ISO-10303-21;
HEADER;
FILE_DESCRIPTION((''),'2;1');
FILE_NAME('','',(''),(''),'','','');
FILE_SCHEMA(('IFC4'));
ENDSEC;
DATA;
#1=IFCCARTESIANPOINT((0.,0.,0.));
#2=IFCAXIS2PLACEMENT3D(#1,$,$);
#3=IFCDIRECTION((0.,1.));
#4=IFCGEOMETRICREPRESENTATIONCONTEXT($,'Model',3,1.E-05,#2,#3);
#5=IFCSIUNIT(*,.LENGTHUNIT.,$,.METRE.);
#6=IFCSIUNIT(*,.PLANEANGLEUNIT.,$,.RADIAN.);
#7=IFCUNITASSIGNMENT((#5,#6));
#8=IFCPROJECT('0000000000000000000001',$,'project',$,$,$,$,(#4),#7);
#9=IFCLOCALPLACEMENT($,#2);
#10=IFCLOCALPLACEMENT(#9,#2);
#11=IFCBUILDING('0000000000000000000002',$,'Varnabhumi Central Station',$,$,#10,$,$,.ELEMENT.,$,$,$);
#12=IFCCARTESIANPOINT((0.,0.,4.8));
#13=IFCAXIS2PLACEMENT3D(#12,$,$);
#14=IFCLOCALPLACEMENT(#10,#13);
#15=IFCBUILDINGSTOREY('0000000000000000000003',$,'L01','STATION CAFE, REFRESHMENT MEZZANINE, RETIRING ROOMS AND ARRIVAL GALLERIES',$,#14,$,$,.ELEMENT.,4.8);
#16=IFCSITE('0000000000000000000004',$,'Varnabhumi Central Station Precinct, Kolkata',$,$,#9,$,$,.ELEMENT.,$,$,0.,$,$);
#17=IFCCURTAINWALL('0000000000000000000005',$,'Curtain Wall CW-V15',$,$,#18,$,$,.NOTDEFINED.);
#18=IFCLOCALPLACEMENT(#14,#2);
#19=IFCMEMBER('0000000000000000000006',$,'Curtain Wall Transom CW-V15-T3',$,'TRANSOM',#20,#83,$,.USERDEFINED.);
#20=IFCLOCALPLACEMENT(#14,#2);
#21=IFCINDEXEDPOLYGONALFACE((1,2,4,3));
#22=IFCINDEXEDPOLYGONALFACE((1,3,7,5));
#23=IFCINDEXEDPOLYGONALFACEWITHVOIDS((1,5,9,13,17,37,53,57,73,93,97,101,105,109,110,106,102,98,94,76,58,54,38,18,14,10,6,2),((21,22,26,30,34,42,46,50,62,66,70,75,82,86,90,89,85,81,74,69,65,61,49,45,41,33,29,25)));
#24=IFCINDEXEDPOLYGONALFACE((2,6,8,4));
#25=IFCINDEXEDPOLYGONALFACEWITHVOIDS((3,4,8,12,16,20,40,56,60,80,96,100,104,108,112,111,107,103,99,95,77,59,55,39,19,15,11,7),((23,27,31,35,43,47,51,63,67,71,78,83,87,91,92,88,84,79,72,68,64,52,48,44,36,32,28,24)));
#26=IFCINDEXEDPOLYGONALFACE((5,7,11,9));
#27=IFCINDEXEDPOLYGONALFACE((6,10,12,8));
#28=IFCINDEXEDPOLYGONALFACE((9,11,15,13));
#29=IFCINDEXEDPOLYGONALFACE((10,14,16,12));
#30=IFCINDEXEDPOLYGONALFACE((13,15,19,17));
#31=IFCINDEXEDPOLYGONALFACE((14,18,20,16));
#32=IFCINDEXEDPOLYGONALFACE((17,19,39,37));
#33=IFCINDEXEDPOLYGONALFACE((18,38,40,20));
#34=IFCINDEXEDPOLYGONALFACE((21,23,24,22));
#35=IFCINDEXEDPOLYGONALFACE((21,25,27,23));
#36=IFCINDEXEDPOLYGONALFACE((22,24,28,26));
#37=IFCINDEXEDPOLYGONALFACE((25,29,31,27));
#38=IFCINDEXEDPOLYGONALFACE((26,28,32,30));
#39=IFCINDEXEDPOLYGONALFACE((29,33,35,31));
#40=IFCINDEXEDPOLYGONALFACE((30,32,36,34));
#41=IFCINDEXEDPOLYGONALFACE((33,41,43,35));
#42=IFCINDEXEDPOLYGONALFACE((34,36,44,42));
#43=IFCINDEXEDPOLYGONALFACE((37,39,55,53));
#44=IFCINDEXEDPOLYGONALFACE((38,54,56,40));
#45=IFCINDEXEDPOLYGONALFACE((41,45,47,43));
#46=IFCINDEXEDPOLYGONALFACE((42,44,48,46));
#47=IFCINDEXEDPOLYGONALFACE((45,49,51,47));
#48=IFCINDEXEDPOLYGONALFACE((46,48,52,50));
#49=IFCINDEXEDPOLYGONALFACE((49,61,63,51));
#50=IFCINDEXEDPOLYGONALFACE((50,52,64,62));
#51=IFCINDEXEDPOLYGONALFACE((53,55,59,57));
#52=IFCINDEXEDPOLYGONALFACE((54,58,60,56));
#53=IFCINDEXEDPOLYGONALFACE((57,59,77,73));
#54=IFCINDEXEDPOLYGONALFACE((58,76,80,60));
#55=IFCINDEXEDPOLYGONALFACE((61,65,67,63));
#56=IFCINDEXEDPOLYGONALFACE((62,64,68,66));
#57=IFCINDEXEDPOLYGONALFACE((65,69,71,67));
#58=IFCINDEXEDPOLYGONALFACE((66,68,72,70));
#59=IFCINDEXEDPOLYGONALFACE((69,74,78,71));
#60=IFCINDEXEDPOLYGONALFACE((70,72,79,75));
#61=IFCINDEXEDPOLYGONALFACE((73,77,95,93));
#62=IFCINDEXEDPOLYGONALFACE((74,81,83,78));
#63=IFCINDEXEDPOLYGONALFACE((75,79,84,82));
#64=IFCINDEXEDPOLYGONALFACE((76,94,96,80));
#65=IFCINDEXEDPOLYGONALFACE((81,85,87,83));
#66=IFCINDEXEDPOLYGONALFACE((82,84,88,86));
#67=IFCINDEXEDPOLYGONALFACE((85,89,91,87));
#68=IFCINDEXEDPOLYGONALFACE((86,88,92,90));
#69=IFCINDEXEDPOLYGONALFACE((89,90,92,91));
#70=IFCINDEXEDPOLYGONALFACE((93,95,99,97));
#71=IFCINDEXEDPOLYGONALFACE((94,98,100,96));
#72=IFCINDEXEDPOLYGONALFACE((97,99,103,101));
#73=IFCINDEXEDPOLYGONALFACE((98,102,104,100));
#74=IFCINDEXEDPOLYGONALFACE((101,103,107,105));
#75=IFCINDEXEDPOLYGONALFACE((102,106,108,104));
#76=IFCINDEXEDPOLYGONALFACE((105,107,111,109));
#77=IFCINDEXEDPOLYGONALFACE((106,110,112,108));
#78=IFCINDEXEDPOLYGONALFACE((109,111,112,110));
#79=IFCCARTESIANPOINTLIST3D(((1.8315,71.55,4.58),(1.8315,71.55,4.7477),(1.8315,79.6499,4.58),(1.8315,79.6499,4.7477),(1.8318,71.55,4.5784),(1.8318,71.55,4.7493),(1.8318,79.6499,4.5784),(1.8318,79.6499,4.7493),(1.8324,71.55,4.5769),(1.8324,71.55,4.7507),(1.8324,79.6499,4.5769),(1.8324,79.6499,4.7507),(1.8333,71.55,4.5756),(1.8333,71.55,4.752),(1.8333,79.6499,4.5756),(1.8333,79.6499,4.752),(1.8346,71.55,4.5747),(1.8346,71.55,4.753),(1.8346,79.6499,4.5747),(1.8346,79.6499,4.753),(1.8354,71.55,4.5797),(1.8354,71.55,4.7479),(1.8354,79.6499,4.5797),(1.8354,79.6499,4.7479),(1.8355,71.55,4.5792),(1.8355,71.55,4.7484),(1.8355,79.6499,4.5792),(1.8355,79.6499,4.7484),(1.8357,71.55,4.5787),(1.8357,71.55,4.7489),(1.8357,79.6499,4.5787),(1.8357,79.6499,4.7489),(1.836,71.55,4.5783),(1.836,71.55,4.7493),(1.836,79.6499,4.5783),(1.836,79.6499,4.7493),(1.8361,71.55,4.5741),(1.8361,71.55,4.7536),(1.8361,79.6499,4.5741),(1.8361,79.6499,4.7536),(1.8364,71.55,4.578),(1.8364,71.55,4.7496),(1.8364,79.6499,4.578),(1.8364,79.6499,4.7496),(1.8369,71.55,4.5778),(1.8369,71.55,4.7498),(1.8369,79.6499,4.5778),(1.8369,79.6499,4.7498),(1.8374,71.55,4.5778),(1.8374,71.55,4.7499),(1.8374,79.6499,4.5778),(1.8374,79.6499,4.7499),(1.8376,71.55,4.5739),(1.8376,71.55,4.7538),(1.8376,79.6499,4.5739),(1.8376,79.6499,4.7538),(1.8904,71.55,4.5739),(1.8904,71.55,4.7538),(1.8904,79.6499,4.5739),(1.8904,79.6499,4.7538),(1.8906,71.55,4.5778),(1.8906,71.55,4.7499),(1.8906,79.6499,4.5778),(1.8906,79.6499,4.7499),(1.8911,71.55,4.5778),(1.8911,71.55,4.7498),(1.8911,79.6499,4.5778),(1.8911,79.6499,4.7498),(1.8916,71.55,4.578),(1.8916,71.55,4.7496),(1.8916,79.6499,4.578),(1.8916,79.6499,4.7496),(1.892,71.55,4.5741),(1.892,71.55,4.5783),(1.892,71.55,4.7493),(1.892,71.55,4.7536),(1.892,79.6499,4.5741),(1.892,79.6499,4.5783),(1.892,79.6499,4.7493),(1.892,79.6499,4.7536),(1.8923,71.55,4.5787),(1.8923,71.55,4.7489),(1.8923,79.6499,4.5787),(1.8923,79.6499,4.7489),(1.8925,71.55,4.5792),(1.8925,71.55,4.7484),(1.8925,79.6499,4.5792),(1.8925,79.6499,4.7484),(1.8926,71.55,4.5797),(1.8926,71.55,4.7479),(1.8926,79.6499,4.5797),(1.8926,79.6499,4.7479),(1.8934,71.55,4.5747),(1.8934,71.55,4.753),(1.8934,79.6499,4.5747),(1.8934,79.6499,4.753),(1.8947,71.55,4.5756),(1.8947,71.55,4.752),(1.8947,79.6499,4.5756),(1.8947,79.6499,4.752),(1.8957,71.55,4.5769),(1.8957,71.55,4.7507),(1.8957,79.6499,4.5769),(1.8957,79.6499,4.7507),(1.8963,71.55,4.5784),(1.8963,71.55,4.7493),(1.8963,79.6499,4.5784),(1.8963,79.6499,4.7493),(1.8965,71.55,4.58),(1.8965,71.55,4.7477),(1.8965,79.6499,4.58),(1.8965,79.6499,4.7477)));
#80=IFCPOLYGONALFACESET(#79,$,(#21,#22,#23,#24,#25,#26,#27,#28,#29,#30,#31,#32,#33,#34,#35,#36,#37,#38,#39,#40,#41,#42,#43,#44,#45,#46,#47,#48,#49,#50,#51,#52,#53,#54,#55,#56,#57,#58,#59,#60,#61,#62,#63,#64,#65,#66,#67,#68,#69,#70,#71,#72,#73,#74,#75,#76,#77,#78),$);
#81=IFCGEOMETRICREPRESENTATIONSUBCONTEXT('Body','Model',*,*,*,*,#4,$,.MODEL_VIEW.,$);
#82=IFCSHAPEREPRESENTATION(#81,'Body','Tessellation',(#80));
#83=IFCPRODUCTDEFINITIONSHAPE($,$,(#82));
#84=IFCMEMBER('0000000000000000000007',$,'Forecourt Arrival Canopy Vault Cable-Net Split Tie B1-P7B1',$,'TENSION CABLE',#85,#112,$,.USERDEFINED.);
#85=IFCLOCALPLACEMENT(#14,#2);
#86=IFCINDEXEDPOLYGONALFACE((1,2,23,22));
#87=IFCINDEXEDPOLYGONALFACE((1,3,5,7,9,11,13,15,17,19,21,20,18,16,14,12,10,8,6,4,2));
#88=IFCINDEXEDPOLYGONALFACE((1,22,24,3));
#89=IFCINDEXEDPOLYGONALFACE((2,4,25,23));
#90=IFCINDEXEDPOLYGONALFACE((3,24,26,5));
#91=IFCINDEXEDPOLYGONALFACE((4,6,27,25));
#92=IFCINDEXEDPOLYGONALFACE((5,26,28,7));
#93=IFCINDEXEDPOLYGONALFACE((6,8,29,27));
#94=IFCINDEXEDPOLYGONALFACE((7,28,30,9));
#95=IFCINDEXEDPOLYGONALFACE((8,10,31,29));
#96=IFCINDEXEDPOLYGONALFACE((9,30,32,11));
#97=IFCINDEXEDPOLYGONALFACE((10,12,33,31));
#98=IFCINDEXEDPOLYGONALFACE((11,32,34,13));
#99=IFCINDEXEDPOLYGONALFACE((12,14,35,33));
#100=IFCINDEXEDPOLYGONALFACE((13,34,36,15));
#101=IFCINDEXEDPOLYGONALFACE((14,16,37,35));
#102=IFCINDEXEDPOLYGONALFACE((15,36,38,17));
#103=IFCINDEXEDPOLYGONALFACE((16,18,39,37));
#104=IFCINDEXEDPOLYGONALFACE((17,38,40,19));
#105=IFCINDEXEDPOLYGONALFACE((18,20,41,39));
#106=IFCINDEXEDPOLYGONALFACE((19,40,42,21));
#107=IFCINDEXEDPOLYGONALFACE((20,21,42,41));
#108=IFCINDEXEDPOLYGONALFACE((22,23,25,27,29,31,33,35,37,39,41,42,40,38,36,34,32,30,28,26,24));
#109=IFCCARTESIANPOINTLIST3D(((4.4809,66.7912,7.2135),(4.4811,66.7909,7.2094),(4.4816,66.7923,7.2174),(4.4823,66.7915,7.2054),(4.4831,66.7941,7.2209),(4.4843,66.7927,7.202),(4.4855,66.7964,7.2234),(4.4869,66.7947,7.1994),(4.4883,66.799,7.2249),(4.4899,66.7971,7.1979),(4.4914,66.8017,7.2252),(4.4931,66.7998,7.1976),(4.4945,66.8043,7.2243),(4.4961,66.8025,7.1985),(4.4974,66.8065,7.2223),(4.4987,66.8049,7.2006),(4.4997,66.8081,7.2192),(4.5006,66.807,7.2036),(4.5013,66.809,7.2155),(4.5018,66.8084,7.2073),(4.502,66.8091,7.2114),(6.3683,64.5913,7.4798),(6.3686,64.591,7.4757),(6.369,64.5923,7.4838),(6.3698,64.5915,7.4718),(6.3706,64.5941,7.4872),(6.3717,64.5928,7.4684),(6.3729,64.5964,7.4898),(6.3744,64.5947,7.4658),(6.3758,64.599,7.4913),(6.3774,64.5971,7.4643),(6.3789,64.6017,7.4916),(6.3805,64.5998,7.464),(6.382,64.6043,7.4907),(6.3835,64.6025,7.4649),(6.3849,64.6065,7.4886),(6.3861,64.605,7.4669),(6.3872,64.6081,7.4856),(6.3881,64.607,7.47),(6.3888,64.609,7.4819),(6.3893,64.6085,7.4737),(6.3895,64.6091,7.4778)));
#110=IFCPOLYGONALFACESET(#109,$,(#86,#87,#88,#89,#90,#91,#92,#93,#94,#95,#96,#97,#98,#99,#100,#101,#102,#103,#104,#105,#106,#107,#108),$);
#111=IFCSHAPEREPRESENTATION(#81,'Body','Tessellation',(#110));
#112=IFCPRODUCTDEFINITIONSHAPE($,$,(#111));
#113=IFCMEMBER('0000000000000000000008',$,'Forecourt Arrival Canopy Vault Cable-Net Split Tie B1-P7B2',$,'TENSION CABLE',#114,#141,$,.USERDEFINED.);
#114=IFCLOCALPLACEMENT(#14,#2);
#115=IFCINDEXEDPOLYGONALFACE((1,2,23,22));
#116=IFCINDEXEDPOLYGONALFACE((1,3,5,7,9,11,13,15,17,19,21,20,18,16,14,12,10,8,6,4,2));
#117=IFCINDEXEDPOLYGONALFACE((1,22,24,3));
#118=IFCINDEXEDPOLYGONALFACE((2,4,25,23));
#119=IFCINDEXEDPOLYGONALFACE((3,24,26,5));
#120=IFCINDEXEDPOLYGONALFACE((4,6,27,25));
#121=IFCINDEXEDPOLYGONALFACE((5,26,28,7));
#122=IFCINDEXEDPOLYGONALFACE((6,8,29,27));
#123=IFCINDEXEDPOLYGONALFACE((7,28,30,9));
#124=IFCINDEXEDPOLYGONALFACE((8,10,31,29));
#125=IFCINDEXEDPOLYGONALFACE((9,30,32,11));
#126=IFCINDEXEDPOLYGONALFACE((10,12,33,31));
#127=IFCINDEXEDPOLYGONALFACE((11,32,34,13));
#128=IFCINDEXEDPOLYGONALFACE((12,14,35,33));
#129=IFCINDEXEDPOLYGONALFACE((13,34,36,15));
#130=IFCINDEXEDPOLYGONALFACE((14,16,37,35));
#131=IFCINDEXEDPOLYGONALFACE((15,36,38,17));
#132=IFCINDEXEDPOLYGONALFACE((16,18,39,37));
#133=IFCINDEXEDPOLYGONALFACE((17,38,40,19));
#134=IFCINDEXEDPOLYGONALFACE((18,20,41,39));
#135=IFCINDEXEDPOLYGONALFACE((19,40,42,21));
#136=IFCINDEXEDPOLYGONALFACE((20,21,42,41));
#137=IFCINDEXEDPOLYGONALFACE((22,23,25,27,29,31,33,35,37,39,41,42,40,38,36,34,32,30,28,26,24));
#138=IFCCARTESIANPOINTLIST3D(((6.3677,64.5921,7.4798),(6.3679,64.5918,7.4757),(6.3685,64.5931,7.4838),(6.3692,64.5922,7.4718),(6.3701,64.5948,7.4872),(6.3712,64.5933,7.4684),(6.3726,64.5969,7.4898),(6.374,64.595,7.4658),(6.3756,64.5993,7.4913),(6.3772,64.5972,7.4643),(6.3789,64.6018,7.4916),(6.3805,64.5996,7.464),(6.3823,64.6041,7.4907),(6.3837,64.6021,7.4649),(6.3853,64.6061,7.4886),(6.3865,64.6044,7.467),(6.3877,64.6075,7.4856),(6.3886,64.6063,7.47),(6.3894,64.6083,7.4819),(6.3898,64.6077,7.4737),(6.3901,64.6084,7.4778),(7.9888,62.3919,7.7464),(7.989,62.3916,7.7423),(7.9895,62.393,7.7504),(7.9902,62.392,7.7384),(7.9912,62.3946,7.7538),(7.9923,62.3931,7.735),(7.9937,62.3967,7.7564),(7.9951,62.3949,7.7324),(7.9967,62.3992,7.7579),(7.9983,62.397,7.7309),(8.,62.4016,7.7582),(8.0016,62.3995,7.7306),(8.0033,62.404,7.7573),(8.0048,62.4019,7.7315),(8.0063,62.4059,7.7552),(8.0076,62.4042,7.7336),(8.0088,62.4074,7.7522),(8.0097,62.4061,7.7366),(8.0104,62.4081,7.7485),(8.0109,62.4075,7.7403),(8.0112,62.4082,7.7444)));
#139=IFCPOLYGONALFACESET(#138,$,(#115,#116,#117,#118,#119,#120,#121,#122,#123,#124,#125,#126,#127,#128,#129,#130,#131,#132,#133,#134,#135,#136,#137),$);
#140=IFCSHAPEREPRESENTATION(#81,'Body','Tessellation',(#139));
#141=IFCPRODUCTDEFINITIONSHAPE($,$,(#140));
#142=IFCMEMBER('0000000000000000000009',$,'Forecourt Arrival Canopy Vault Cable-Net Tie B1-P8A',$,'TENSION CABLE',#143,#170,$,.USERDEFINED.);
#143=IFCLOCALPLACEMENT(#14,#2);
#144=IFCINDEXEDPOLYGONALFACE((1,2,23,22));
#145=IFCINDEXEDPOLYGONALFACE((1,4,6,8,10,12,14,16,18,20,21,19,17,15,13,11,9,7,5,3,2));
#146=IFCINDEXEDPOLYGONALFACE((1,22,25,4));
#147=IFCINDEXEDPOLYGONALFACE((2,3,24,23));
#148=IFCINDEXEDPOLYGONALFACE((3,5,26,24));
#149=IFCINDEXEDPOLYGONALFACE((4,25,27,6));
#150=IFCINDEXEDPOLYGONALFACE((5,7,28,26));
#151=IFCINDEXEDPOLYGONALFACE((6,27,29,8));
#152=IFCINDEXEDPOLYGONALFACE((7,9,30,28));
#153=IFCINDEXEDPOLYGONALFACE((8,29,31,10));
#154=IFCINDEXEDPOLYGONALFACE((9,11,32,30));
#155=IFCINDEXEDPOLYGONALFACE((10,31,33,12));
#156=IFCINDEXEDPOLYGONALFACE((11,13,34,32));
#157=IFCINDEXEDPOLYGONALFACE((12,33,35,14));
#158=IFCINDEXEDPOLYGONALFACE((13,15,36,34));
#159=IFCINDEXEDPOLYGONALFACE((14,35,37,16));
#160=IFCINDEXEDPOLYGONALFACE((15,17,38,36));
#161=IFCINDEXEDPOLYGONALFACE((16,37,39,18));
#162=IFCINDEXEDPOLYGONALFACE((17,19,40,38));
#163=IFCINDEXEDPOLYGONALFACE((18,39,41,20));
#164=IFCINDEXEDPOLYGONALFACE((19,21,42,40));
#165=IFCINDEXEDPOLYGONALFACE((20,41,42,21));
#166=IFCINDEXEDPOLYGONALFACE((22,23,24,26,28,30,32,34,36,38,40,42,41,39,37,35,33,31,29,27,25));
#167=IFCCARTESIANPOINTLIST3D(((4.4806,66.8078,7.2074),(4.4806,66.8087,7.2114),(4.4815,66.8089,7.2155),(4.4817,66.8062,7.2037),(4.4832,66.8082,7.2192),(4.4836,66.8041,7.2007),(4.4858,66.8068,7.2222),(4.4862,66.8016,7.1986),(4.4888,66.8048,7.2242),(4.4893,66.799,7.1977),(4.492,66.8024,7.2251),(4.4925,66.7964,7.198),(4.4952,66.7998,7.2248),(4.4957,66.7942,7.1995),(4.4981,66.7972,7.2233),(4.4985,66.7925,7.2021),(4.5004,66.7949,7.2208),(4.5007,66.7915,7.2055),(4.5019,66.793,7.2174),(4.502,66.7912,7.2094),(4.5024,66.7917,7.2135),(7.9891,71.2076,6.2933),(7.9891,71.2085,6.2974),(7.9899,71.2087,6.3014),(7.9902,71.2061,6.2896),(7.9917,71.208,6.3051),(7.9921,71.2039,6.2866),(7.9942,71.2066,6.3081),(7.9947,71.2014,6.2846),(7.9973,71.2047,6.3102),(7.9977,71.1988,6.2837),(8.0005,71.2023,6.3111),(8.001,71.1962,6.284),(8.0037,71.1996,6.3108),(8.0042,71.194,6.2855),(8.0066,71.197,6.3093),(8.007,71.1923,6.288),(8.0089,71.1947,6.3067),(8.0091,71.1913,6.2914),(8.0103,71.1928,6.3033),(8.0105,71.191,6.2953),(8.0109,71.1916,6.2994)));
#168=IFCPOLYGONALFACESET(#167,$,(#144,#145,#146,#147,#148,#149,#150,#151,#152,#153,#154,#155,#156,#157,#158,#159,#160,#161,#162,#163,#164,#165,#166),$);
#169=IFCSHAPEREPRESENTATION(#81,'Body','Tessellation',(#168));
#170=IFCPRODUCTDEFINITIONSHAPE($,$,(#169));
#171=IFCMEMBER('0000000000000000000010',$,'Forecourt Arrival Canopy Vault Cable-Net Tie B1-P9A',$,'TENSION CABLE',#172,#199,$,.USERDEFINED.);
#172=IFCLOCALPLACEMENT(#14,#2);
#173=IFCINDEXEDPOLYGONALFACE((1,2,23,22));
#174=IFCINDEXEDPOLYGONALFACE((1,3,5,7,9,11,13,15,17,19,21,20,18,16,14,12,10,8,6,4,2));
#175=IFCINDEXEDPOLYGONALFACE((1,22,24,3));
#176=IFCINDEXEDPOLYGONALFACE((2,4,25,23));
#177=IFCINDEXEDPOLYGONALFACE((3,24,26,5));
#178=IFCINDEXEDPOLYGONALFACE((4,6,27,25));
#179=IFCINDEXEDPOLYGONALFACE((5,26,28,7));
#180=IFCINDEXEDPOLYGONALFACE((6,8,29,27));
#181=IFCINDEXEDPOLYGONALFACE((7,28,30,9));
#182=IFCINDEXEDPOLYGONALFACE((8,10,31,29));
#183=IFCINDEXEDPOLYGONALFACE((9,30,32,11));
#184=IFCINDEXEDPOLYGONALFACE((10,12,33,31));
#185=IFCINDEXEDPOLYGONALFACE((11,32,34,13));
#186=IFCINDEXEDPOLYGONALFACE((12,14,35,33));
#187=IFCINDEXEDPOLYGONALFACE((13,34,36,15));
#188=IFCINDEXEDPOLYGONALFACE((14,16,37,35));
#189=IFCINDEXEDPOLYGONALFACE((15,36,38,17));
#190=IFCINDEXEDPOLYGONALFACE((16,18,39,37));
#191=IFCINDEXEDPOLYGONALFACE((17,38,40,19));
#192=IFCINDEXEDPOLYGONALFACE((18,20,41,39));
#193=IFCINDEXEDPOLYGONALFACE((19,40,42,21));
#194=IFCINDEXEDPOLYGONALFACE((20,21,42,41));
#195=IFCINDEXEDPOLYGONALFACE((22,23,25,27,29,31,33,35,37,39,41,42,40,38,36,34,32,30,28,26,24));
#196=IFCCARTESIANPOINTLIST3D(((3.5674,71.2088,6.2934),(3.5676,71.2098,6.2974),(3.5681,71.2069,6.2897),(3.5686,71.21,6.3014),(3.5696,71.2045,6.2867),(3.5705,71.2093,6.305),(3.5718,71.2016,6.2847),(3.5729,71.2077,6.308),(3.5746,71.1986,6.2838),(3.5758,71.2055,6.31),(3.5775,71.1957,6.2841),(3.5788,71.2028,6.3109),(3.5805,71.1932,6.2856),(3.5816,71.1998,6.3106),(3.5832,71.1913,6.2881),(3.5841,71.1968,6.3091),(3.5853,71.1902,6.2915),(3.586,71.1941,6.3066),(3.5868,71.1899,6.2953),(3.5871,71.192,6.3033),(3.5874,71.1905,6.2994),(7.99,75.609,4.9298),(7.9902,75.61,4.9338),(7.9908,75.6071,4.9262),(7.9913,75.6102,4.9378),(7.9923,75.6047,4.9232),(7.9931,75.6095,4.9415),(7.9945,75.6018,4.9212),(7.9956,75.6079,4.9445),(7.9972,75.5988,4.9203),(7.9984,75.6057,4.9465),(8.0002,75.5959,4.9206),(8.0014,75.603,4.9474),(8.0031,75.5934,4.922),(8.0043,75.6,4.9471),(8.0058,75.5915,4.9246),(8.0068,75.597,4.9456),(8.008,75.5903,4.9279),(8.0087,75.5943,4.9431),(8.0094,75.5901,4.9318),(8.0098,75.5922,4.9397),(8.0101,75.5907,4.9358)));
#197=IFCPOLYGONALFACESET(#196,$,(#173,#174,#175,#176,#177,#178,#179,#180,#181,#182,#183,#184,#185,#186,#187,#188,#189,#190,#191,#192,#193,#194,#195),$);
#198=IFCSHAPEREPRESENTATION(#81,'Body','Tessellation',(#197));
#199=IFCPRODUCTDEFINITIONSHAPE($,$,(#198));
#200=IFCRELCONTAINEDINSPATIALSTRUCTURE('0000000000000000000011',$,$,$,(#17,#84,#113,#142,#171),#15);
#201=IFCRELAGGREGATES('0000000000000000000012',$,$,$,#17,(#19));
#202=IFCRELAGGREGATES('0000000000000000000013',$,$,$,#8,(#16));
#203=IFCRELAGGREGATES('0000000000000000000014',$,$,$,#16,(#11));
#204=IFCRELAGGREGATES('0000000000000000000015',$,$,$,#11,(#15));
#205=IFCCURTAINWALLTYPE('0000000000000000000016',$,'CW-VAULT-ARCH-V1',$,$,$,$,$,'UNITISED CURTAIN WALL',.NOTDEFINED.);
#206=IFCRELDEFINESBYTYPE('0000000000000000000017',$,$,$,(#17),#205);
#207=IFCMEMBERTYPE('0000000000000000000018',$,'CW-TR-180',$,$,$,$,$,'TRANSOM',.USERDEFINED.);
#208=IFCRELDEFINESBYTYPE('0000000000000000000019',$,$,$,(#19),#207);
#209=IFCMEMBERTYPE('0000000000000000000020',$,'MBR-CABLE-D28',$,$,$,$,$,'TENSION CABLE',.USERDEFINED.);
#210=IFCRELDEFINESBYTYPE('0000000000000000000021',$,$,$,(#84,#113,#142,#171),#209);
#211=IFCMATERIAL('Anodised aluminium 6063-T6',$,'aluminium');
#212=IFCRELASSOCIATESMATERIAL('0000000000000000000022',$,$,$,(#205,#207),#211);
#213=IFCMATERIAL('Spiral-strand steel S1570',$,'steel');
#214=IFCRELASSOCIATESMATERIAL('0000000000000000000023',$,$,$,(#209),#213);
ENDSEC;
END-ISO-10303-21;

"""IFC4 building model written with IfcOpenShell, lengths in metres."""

from ifc_helpers import new_model, si_unit, direction, frame, origin, origin_2d, place, context, subcontext, project, spatial, hollow_rectangle, circle, extrude, material, material_profile, profile_set, type_object, element, aggregate, save


model = new_model("IFC4")

# Units and contexts
model_context = context("Model", 3, precision=1e-05, world=origin(), true_north=direction((0.0, 1.0)))
body_context = subcontext(model_context, "Body", "Model", "MODEL_VIEW")
ifc_project = project(units=[si_unit("LENGTHUNIT", "METRE"), si_unit("PLANEANGLEUNIT", "RADIAN")], contexts=[model_context])

# Site, building, storey
site_placement = place(None, origin())
site = spatial("IfcSite", under=ifc_project, at=site_placement, Name="Varnabhumi Central Station Precinct, Kolkata", CompositionType="ELEMENT", RefElevation=0.0)
building_placement = place(site_placement, origin())
building = spatial("IfcBuilding", under=site, at=building_placement, Name="Varnabhumi Central Station", CompositionType="ELEMENT")
storey_placement = place(building_placement, frame((0.0, 0.0, 4.8)))
storey = spatial("IfcBuildingStorey", under=building, at=storey_placement, Name="L01", Description="STATION CAFE, REFRESHMENT MEZZANINE, RETIRING ROOMS AND ARRIVAL GALLERIES", CompositionType="ELEMENT", Elevation=4.8)

# Shared definitions
ifc_material_1 = material(Name="Anodised aluminium 6063-T6", Category="aluminium")
curtain_wall_type = type_object("IfcCurtainWallType", Name="CW-VAULT-ARCH-V1", ElementType="UNITISED CURTAIN WALL", PredefinedType="NOTDEFINED", material=ifc_material_1)

# Curtain wall
curtain_wall_1_placement = place(storey_placement, origin())
curtain_wall_1 = element("IfcCurtainWall", 1, at=curtain_wall_1_placement, inside=storey, type_object=curtain_wall_type, Name="Curtain Wall CW-V15", PredefinedType="NOTDEFINED")

# Member
ifc_material_profile_1 = material_profile(ifc_material_1, hollow_rectangle(XDim=0.0649, YDim=0.1799, WallThickness=0.0039, InnerFilletRadius=0.002, OuterFilletRadius=0.0061, at=origin_2d()), Name="Anodised aluminium 6063-T6", Category="aluminium")
ifc_profile_set_1 = profile_set([ifc_material_profile_1], Name="Anodised aluminium 6063-T6")
member_type_1 = type_object("IfcMemberType", Name="CW-TR-180", ElementType="TRANSOM", PredefinedType="USERDEFINED", material=ifc_profile_set_1)
member_1_placement = place(storey_placement, frame((1.864, 71.55, 4.6638), z_axis=(0.0, 1.0, 0.0), x_axis=(-1.0, 0.0, 0.0)))
member_1 = element("IfcMember", 2, at=member_1_placement, type_object=member_type_1, Name="Curtain Wall Transom CW-V15-T3", ObjectType="TRANSOM", PredefinedType="USERDEFINED", context=body_context, shape_type="SweptSolid", body=[
    extrude(hollow_rectangle(XDim=0.0649, YDim=0.1799, WallThickness=0.0039, InnerFilletRadius=0.002, OuterFilletRadius=0.0061, at=origin_2d()), origin(), (0.0, 0.0, 1.0), 8.0999),
])

# Members
ifc_material_2 = material(Name="Spiral-strand steel S1570", Category="steel")
ifc_material_profile_2 = material_profile(ifc_material_2, circle(Radius=0.0139, at=origin_2d()), Name="Spiral-strand steel S1570", Category="steel")
ifc_profile_set_2 = profile_set([ifc_material_profile_2], Name="Spiral-strand steel S1570")
member_type_2 = type_object("IfcMemberType", Name="MBR-CABLE-D28", ElementType="TENSION CABLE", PredefinedType="USERDEFINED", material=ifc_profile_set_2)
member_2_placement = place(storey_placement, frame((4.4915, 66.8, 7.2114), z_axis=(0.648413, -0.755769, 0.091504), x_axis=(0.758953, 0.651145, 0.0)))
element("IfcMember", 3, at=member_2_placement, inside=storey, type_object=member_type_2, Name="Forecourt Arrival Canopy Vault Cable-Net Split Tie B1-P7B1", ObjectType="TENSION CABLE", PredefinedType="USERDEFINED", context=body_context, shape_type="SweptSolid", body=[
    extrude(circle(Radius=0.0139, at=origin_2d()), origin(), (0.0, 0.0, 1.0), 2.9109),
])
member_3_placement = place(storey_placement, frame((6.3789, 64.6001, 7.4778), z_axis=(0.590372, -0.80127, 0.097091), x_axis=(0.805074, 0.593175, 0.0)))
element("IfcMember", 4, at=member_3_placement, inside=storey, type_object=member_type_2, Name="Forecourt Arrival Canopy Vault Cable-Net Split Tie B1-P7B2", ObjectType="TENSION CABLE", PredefinedType="USERDEFINED", context=body_context, shape_type="SweptSolid", body=[
    extrude(circle(Radius=0.0139, at=origin_2d()), origin(), (0.0, 0.0, 1.0), 2.7458),
])
member_4_placement = place(storey_placement, frame((4.4915, 66.8, 7.2114), z_axis=(0.615397, 0.77174, -0.160326), x_axis=(-0.781854, 0.623462, 0.0)))
element("IfcMember", 5, at=member_4_placement, inside=storey, type_object=member_type_2, Name="Forecourt Arrival Canopy Vault Cable-Net Tie B1-P8A", ObjectType="TENSION CABLE", PredefinedType="USERDEFINED", context=body_context, shape_type="SweptSolid", body=[
    extrude(circle(Radius=0.0139, at=origin_2d()), origin(), (0.0, 0.0, 1.0), 5.7012),
])
member_5_placement = place(storey_placement, frame((3.5774, 71.2, 6.2974), z_axis=(0.692556, 0.689039, -0.213521), x_axis=(-0.705304, 0.708905, 0.0)))
element("IfcMember", 6, at=member_5_placement, inside=storey, type_object=member_type_2, Name="Forecourt Arrival Canopy Vault Cable-Net Tie B1-P9A", ObjectType="TENSION CABLE", PredefinedType="USERDEFINED", context=body_context, shape_type="SweptSolid", body=[
    extrude(circle(Radius=0.0139, at=origin_2d()), origin(), (0.0, 0.0, 1.0), 6.386),
])

aggregate(curtain_wall_1, [member_1])

save(model, "model.ifc")
